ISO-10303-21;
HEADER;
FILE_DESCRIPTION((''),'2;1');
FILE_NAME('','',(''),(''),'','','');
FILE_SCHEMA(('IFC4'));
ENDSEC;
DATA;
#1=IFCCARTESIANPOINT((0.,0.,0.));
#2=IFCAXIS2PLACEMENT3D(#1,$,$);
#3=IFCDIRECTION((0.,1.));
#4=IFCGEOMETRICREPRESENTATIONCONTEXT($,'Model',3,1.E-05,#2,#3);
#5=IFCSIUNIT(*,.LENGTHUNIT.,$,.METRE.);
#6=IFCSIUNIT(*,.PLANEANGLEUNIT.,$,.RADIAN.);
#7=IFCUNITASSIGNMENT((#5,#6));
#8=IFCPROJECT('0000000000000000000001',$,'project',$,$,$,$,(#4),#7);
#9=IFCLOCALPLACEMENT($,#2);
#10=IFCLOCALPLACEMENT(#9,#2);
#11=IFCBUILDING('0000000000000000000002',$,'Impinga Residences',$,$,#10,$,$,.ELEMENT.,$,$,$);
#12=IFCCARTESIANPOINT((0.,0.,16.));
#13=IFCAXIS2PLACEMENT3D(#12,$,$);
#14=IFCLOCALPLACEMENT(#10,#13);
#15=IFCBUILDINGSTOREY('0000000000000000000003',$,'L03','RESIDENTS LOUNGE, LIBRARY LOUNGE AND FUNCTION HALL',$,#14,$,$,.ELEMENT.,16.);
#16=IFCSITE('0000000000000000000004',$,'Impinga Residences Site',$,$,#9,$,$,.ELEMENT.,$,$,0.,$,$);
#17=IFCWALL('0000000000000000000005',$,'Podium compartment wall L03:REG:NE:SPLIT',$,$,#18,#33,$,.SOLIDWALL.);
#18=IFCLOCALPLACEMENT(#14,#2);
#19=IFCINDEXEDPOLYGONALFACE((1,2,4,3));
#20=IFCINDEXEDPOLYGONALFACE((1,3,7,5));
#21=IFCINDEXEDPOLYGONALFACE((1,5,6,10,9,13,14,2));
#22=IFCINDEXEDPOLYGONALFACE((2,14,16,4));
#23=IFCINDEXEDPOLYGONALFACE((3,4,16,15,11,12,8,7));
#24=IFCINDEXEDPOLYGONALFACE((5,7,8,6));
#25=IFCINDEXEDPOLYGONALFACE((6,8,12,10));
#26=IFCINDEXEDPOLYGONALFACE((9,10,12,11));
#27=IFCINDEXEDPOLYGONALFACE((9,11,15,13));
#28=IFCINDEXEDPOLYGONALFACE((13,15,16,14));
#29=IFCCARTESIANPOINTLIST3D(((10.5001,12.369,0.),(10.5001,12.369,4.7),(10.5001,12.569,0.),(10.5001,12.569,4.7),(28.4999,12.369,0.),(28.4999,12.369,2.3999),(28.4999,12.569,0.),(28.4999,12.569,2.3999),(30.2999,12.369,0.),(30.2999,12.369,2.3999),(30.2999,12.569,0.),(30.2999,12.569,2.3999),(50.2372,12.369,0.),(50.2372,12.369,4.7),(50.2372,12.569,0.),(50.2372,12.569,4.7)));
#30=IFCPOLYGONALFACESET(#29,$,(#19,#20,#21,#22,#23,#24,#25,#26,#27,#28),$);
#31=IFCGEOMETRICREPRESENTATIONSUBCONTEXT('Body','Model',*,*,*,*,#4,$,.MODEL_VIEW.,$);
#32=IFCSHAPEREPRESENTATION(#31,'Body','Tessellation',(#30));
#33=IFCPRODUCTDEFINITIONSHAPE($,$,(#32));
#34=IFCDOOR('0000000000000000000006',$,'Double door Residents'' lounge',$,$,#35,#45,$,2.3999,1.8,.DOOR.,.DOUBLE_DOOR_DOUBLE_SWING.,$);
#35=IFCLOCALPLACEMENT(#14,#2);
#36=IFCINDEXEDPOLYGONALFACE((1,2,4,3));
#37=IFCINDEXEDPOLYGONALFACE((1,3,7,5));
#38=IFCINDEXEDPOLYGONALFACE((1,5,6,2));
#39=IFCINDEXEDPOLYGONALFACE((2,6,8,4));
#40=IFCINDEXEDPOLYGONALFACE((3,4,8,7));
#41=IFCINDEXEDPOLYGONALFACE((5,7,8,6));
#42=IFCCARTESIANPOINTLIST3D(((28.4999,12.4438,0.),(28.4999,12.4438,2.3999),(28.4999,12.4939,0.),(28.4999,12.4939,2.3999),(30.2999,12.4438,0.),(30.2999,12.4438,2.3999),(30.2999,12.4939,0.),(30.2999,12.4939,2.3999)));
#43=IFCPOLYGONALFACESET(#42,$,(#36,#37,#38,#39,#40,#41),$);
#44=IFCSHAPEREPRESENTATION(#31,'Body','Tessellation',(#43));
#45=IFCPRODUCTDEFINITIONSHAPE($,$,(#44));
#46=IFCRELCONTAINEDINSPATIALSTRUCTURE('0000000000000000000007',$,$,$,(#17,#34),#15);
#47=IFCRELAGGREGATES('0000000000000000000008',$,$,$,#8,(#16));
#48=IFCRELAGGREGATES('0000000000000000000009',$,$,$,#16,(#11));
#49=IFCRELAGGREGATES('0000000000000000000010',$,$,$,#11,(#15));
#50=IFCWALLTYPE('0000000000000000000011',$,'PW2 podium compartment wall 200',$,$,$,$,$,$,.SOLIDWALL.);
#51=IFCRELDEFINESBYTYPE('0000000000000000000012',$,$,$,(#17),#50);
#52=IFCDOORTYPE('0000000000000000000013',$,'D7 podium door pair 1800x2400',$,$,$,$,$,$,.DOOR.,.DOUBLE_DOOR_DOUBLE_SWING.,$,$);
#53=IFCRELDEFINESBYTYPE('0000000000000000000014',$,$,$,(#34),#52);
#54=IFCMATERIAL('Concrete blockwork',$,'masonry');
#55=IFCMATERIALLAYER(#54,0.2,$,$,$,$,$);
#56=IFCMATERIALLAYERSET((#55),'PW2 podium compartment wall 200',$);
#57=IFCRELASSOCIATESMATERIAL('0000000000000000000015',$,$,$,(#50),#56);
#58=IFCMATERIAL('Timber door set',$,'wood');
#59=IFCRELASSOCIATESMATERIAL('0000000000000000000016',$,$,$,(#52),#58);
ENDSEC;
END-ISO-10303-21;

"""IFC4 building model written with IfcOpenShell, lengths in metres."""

from ifc_helpers import new_model, si_unit, direction, frame, frame_2d, origin, place, context, subcontext, project, spatial, rectangle, extrude, material, layer, layer_set, type_object, element, fill, save


model = new_model("IFC4")

# Units and contexts
model_context = context("Model", 3, precision=1e-05, world=origin(), true_north=direction((0.0, 1.0)))
body_context = subcontext(model_context, "Body", "Model", "MODEL_VIEW")
ifc_project = project(units=[si_unit("LENGTHUNIT", "METRE"), si_unit("PLANEANGLEUNIT", "RADIAN")], contexts=[model_context])

# Site, building, storey
site_placement = place(None, origin())
site = spatial("IfcSite", under=ifc_project, at=site_placement, Name="Impinga Residences Site", CompositionType="ELEMENT", RefElevation=0.0)
building_placement = place(site_placement, origin())
building = spatial("IfcBuilding", under=site, at=building_placement, Name="Impinga Residences", CompositionType="ELEMENT")
storey_placement = place(building_placement, frame((0.0, 0.0, 16.0)))
storey = spatial("IfcBuildingStorey", under=building, at=storey_placement, Name="L03", Description="RESIDENTS LOUNGE, LIBRARY LOUNGE AND FUNCTION HALL", CompositionType="ELEMENT", Elevation=16.0)

# Wall, opening, door
ifc_material_1 = material(Name="Concrete blockwork", Category="masonry")
ifc_layer = layer(ifc_material_1, 0.2)
ifc_layer_set = layer_set([ifc_layer], Name="PW2 podium compartment wall 200")
wall_type = type_object("IfcWallType", Name="PW2 podium compartment wall 200", PredefinedType="SOLIDWALL", material=ifc_layer_set)
wall_placement = place(storey_placement, frame((10.5, 12.469, 0.0), z_axis=(0.0, 0.0, 1.0), x_axis=(1.0, 0.0, 0.0)))
wall = element("IfcWall", 1, at=wall_placement, inside=storey, type_object=wall_type, Name="Podium compartment wall L03:REG:NE:SPLIT", PredefinedType="SOLIDWALL", context=body_context, shape_type="SweptSolid", body=[
    extrude(rectangle(XDim=39.7371, YDim=0.2, at=frame_2d((19.8687, 0.0))), origin(), (0.0, 0.0, 1.0), 4.7),
])
opening_placement = place(wall_placement, frame((18.0, 0.0, 0.0)))
opening = element("IfcOpeningElement", 2, at=opening_placement, cuts=wall, PredefinedType="OPENING", context=body_context, shape_type="SweptSolid", body=[
    extrude(rectangle(XDim=1.8, YDim=2.3999, at=frame_2d((0.8999, 1.2))), frame((0.0, 0.1099, 0.0), z_axis=(0.0, -1.0, 0.0), x_axis=(1.0, 0.0, 0.0)), (0.0, 0.0, 1.0), 0.22),
])
ifc_material_2 = material(Name="Timber door set", Category="wood")
door_type = type_object("IfcDoorType", Name="D7 podium door pair 1800x2400", OperationType="DOUBLE_DOOR_DOUBLE_SWING", PredefinedType="DOOR", material=ifc_material_2)
door_placement = place(opening_placement, origin())
door = element("IfcDoor", 3, at=door_placement, inside=storey, type_object=door_type, Name="Double door Residents' lounge", OperationType="DOUBLE_DOOR_DOUBLE_SWING", OverallHeight=2.3999, OverallWidth=1.8, PredefinedType="DOOR", context=body_context, shape_type="SweptSolid", body=[
    extrude(rectangle(XDim=1.8, YDim=2.3999, at=frame_2d((0.8999, 1.2))), frame((0.0, 0.0249, 0.0), z_axis=(0.0, -1.0, 0.0), x_axis=(1.0, 0.0, 0.0)), (0.0, 0.0, 1.0), 0.05),
])
fill(opening, door)

save(model, "model.ifc")
